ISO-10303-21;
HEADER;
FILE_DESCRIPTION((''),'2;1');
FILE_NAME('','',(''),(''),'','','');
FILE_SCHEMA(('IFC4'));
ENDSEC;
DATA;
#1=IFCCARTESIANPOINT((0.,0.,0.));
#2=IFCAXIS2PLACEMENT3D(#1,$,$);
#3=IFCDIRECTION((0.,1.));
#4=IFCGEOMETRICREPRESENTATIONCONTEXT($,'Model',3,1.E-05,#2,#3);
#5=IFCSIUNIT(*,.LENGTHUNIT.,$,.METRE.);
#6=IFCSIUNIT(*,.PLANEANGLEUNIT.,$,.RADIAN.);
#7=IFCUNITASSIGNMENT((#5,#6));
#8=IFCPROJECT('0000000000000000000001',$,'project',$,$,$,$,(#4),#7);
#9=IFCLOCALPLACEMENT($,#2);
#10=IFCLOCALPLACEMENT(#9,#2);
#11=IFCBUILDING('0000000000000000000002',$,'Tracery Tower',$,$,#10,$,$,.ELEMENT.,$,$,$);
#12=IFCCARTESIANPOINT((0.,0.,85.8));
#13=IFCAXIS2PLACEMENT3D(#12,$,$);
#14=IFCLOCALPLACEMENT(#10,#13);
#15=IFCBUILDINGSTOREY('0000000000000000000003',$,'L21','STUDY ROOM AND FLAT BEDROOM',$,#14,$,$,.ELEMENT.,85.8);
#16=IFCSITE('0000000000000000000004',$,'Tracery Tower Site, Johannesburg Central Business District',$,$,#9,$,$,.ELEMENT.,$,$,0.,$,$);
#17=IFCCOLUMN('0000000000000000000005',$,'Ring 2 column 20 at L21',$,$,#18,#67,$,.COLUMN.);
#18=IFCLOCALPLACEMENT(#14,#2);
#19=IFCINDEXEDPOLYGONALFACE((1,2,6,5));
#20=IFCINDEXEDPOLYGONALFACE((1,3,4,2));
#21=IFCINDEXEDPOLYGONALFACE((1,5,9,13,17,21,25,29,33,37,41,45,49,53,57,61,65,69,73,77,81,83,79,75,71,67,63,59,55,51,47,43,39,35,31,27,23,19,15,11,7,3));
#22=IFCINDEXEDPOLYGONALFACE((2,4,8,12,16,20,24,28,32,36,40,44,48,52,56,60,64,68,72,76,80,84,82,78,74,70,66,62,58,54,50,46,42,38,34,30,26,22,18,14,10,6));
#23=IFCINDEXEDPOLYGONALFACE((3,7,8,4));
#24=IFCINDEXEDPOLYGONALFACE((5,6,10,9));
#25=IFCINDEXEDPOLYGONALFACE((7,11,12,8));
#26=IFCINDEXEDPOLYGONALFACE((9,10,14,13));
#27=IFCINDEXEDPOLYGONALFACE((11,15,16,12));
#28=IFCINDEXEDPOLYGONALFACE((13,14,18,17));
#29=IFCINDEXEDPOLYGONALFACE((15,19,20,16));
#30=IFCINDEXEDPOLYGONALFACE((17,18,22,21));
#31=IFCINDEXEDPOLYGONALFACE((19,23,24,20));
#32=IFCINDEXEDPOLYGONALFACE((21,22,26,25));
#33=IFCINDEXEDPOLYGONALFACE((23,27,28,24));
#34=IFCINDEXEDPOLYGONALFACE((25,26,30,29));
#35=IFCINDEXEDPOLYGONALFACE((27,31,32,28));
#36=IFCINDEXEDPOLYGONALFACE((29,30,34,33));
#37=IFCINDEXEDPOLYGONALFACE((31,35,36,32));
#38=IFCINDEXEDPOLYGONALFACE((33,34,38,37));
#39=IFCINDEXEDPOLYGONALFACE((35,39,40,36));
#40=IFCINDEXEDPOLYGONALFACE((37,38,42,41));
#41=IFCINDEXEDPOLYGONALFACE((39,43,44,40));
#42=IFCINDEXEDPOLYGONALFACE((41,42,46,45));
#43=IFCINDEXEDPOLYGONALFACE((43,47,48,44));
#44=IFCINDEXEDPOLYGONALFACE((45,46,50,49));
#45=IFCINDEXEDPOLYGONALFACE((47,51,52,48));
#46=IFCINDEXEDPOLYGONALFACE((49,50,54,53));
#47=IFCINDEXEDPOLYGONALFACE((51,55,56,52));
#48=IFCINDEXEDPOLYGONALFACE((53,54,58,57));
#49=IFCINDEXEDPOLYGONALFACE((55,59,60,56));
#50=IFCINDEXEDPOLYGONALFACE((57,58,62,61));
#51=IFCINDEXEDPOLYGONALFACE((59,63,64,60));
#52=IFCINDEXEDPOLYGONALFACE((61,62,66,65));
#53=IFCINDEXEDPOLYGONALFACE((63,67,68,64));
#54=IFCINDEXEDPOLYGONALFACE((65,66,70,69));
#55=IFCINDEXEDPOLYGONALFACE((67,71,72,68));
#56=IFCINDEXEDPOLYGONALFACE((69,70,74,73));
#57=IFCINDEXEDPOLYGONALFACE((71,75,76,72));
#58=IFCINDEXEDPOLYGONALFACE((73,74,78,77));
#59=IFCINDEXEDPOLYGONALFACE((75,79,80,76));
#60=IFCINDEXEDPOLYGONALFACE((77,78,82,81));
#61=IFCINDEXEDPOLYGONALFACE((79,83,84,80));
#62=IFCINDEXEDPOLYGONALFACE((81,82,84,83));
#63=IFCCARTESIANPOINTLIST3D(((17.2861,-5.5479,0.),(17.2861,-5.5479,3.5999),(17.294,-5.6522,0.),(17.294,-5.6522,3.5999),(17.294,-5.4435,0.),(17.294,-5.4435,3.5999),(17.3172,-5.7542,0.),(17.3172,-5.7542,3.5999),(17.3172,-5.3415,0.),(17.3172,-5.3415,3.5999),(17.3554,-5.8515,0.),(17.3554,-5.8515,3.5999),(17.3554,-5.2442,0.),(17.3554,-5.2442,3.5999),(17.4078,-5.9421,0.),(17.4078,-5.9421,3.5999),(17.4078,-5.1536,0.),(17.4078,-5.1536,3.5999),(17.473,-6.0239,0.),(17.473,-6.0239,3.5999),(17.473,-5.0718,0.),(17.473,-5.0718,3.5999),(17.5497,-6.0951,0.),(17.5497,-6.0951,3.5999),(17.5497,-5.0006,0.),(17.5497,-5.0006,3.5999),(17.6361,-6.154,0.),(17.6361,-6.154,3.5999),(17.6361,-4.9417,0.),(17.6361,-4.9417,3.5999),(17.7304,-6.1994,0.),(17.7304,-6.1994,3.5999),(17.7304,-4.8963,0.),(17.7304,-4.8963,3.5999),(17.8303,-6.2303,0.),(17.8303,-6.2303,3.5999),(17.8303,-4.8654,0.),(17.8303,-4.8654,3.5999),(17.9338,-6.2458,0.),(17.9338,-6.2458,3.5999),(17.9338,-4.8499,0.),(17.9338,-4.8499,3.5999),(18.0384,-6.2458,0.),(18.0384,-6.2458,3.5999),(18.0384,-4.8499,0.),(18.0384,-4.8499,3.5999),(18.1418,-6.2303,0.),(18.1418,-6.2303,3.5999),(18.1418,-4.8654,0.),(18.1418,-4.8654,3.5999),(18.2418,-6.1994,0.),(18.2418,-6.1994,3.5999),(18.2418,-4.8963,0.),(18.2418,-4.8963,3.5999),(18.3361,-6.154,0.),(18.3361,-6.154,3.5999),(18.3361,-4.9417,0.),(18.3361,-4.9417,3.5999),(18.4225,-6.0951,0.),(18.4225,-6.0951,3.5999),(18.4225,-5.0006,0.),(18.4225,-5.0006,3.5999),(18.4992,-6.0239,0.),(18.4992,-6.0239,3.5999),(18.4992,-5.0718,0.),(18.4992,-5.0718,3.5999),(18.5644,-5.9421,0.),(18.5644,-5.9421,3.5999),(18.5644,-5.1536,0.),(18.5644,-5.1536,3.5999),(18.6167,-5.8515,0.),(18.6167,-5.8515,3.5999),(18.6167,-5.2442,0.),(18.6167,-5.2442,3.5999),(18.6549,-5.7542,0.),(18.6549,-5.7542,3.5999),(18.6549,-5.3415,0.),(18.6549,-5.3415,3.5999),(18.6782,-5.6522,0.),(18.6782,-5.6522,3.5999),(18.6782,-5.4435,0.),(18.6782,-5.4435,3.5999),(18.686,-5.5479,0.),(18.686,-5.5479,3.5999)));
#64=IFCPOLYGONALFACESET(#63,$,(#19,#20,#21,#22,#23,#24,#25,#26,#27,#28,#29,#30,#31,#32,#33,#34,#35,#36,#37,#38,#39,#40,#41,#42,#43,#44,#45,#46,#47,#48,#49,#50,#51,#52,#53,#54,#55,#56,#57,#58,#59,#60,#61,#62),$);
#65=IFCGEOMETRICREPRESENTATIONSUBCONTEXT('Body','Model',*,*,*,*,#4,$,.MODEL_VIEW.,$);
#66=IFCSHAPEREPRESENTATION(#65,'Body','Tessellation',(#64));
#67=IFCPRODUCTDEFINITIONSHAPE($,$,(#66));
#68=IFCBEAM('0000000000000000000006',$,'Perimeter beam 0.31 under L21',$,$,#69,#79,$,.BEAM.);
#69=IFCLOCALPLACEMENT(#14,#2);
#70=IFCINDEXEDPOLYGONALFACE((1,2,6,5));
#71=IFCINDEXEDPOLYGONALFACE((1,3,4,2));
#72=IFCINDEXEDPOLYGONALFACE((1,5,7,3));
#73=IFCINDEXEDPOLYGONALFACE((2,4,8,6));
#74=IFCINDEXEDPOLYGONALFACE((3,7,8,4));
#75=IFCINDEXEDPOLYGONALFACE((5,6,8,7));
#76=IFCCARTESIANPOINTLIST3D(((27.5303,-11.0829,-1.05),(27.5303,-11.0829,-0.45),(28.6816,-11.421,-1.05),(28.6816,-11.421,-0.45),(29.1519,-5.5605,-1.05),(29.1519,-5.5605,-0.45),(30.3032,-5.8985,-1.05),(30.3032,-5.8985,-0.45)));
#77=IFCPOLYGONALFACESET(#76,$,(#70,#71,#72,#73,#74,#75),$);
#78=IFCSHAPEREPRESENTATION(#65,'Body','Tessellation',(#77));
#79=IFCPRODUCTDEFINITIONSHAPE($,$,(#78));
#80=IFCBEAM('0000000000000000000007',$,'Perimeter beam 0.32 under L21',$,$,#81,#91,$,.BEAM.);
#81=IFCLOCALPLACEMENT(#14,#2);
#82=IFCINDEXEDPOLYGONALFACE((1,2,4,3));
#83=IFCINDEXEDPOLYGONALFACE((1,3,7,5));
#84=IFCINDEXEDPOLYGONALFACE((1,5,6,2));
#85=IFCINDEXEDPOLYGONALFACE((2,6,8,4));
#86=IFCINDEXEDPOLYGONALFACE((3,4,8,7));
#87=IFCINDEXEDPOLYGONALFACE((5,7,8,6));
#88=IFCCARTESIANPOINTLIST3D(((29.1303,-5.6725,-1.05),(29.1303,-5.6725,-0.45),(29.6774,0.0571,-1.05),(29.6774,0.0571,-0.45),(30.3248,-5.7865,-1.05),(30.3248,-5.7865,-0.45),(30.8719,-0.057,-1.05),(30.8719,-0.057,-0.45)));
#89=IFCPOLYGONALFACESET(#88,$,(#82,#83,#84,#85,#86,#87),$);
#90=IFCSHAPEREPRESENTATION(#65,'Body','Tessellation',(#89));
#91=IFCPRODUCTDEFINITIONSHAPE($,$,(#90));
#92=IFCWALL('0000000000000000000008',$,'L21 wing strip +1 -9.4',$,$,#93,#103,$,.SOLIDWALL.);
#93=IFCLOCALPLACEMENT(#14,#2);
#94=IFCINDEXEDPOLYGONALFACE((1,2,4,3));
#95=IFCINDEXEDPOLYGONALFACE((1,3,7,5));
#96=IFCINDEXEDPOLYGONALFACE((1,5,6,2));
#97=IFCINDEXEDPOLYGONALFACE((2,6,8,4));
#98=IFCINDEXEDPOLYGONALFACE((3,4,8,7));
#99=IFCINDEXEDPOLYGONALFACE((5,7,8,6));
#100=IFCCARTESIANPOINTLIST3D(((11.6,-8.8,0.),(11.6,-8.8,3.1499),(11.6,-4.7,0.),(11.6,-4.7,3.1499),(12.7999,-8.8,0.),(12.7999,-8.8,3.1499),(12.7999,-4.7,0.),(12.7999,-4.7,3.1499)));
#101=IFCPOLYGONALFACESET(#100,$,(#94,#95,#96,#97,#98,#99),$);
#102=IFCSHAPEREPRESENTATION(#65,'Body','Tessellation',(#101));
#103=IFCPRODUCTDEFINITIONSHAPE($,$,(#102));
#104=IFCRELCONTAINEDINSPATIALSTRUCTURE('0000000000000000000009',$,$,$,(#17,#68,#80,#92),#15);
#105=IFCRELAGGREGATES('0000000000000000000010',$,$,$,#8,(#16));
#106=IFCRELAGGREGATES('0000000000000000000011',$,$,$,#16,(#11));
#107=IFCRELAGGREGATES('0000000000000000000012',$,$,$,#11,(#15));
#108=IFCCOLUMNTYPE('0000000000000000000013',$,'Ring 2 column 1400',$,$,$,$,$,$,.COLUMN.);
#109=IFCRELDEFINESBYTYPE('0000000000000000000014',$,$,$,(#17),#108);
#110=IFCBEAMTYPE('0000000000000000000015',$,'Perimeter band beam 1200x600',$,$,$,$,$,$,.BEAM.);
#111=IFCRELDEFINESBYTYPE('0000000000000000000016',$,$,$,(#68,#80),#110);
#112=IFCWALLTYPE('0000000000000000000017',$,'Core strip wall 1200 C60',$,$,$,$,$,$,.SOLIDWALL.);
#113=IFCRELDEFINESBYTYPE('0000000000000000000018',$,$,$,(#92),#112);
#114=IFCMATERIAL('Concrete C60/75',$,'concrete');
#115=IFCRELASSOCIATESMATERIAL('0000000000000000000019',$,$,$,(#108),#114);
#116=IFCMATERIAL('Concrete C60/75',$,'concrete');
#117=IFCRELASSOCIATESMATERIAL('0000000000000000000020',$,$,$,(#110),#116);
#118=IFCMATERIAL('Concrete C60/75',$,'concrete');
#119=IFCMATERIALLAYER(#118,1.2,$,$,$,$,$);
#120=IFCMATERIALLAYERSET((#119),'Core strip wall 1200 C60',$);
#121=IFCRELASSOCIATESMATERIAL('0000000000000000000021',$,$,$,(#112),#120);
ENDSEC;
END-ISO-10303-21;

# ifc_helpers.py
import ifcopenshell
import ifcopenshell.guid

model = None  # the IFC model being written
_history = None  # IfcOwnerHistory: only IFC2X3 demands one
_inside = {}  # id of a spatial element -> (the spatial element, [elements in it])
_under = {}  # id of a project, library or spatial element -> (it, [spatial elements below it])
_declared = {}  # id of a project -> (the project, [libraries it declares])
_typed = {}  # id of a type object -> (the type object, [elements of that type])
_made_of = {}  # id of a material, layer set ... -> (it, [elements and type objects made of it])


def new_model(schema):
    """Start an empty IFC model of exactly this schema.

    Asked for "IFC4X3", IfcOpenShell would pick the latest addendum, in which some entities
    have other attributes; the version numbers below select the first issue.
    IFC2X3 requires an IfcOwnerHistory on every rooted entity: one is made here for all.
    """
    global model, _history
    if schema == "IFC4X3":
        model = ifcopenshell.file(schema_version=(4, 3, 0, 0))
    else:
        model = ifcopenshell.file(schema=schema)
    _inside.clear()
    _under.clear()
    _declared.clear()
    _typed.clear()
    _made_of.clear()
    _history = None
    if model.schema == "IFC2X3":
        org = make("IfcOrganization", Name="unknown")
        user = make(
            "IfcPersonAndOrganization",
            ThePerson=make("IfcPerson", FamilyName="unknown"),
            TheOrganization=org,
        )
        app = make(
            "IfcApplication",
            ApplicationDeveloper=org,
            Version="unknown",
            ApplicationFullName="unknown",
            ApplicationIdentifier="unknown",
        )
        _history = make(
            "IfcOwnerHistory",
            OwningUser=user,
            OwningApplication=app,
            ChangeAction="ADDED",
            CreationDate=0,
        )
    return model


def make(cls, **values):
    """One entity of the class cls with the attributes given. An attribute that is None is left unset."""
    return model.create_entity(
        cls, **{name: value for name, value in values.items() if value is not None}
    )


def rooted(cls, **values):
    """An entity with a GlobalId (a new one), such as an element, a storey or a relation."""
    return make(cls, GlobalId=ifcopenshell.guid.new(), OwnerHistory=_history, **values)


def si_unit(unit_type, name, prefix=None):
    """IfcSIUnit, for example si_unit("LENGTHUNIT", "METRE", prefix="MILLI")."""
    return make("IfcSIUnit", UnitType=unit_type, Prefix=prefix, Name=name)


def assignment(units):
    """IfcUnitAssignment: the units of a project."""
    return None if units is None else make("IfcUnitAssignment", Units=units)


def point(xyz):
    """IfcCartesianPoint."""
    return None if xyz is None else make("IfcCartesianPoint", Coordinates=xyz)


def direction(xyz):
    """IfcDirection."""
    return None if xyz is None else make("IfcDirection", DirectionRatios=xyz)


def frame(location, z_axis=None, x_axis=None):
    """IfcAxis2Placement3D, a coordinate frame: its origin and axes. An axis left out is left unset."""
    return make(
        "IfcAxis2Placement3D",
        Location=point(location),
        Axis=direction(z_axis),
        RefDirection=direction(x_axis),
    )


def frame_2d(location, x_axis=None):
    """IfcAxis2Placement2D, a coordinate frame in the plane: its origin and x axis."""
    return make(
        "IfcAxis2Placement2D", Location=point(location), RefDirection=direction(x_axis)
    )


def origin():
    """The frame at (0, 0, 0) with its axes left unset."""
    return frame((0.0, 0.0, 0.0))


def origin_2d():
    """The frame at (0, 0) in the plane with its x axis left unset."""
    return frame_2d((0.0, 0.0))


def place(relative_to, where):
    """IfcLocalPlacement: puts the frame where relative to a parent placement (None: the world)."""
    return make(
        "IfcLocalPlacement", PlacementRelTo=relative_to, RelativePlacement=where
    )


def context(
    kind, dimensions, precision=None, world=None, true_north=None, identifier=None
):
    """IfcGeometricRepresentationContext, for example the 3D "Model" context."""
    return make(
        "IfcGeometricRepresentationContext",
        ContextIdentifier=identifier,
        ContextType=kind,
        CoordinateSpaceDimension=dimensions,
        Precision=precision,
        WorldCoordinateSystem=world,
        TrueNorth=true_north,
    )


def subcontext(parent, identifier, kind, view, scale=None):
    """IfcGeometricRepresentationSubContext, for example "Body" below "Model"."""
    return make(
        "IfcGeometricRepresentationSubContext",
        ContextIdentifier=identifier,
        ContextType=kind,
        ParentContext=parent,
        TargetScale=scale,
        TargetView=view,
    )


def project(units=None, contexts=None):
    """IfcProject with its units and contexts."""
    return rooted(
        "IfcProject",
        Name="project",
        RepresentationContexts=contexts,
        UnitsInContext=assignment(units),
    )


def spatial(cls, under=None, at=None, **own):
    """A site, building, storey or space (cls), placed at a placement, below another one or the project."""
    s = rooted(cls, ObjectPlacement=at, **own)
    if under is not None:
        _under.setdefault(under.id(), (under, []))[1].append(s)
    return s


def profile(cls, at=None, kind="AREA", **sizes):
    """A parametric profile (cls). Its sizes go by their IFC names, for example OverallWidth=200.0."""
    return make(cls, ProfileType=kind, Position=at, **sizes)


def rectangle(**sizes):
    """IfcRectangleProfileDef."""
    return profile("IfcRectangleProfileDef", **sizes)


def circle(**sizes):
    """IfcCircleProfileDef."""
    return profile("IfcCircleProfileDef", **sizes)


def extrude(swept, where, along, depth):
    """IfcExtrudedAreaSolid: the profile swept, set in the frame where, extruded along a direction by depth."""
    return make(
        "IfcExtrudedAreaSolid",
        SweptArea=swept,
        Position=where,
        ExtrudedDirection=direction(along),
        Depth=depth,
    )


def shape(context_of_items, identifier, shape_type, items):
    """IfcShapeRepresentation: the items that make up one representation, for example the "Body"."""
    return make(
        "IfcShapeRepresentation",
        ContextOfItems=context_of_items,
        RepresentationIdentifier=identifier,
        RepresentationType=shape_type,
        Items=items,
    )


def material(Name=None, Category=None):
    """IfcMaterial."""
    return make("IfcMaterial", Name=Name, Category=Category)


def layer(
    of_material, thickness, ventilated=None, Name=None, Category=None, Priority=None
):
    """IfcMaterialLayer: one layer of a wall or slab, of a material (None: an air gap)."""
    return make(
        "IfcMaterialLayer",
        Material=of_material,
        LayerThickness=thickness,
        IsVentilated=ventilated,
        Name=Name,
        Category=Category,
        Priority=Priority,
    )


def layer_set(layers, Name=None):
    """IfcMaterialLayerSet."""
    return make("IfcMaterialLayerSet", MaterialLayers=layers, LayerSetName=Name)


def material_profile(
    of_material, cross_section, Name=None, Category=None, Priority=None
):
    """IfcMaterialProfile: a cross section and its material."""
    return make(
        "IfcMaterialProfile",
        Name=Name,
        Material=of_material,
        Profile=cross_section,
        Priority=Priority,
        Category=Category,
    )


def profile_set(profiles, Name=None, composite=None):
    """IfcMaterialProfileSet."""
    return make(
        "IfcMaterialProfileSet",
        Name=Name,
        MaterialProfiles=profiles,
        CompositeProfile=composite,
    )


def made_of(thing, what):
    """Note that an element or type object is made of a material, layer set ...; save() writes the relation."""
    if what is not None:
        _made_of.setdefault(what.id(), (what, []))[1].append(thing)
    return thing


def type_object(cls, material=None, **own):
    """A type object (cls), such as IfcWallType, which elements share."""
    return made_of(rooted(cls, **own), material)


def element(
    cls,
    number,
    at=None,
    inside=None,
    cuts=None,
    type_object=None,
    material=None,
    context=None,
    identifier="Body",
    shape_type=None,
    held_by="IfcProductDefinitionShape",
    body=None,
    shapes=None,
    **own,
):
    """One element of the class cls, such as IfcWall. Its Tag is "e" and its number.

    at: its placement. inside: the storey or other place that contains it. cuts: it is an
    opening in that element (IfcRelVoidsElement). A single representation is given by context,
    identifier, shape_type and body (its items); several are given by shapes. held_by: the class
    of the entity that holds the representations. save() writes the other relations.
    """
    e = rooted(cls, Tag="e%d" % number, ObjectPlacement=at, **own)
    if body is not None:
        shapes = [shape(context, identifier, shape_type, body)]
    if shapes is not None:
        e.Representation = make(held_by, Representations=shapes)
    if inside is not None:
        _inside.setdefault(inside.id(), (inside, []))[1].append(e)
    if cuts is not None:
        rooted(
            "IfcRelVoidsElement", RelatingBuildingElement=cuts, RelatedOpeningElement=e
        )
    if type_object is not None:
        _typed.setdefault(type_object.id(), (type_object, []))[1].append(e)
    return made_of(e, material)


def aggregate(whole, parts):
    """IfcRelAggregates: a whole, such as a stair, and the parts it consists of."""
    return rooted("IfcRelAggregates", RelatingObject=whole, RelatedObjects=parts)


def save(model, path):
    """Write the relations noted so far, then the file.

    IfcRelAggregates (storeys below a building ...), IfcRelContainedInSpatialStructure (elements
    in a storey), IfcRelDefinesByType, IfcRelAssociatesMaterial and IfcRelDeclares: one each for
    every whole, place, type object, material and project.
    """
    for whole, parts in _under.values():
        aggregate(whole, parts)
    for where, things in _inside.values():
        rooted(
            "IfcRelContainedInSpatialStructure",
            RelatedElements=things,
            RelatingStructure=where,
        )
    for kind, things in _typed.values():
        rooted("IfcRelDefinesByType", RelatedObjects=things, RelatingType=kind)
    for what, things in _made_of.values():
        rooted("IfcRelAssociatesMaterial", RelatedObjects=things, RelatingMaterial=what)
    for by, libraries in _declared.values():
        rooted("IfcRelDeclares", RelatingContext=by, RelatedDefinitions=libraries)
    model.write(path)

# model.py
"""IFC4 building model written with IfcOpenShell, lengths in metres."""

from ifc_helpers import new_model, si_unit, direction, frame, frame_2d, origin, origin_2d, place, context, subcontext, project, spatial, rectangle, circle, extrude, material, layer, layer_set, material_profile, profile_set, type_object, element, save


model = new_model("IFC4")

# Units and contexts
model_context = context("Model", 3, precision=1e-05, world=origin(), true_north=direction((0.0, 1.0)))
body_context = subcontext(model_context, "Body", "Model", "MODEL_VIEW")
ifc_project = project(units=[si_unit("LENGTHUNIT", "METRE"), si_unit("PLANEANGLEUNIT", "RADIAN")], contexts=[model_context])

# Site, building, storey
site_placement = place(None, origin())
site = spatial("IfcSite", under=ifc_project, at=site_placement, Name="Tracery Tower Site, Johannesburg Central Business District", CompositionType="ELEMENT", RefElevation=0.0)
building_placement = place(site_placement, origin())
building = spatial("IfcBuilding", under=site, at=building_placement, Name="Tracery Tower", CompositionType="ELEMENT")
storey_placement = place(building_placement, frame((0.0, 0.0, 85.8)))
storey = spatial("IfcBuildingStorey", under=building, at=storey_placement, Name="L21", Description="STUDY ROOM AND FLAT BEDROOM", CompositionType="ELEMENT", Elevation=85.8)

# Column
ifc_material_1 = material(Name="Concrete C60/75", Category="concrete")
ifc_material_profile_1 = material_profile(ifc_material_1, circle(Radius=0.7, at=origin_2d()), Name="RC D1400")
ifc_profile_set_1 = profile_set([ifc_material_profile_1], Name="Concrete C60/75")
column_type_1 = type_object("IfcColumnType", Name="Ring 2 column 1400", PredefinedType="COLUMN", material=ifc_profile_set_1)
for number, where, z_axis, x_axis, name in (
    (1, (17.9861, -5.5479, 0.0), (0.0, 0.0, 1.0), (1.0, 0.0, 0.0), "Ring 2 column 20 at L21"),
):
    element("IfcColumn", number, at=place(storey_placement, frame(where, z_axis=z_axis, x_axis=x_axis)), inside=storey, type_object=column_type_1, Name=name, PredefinedType="COLUMN", context=body_context, shape_type="SweptSolid", body=[
        extrude(circle(Radius=0.7, at=origin_2d()), origin(), (0.0, 0.0, 1.0), 3.5999),
    ])

# Beams
ifc_material_2 = material(Name="Concrete C60/75", Category="concrete")
ifc_material_profile_2 = material_profile(ifc_material_2, rectangle(XDim=1.2, YDim=0.6001, at=origin_2d()), Name="RC 1200x600")
ifc_profile_set_2 = profile_set([ifc_material_profile_2], Name="Concrete C60/75")
beam_type = type_object("IfcBeamType", Name="Perimeter band beam 1200x600", PredefinedType="BEAM", material=ifc_profile_set_2)
for number, where, z_axis, x_axis, name in (
    (2, (28.106, -11.252, -0.75), (0.281739, 0.959491, 0.0), (-0.959491, 0.281739, 0.0), "Perimeter beam 0.31 under L21"),
    (3, (29.7275, -5.7295, -0.75), (0.095059, 0.995472, 0.0), (-0.995472, 0.095059, 0.0), "Perimeter beam 0.32 under L21"),
):
    element("IfcBeam", number, at=place(storey_placement, frame(where, z_axis=z_axis, x_axis=x_axis)), inside=storey, type_object=beam_type, Name=name, PredefinedType="BEAM", context=body_context, shape_type="SweptSolid", body=[
        extrude(rectangle(XDim=1.2, YDim=0.6001, at=origin_2d()), origin(), (0.0, 0.0, 1.0), 5.7556),
    ])

# Wall
ifc_material_3 = material(Name="Concrete C60/75", Category="concrete")
ifc_layer_1 = layer(ifc_material_3, 1.2)
ifc_layer_set_1 = layer_set([ifc_layer_1], Name="Core strip wall 1200 C60")
wall_type_1 = type_object("IfcWallType", Name="Core strip wall 1200 C60", PredefinedType="SOLIDWALL", material=ifc_layer_set_1)
wall_1_placement = place(storey_placement, frame((12.2, -8.8, 0.0), z_axis=(0.0, 0.0, 1.0), x_axis=(0.0, 1.0, 0.0)))
element("IfcWall", 4, at=wall_1_placement, inside=storey, type_object=wall_type_1, Name="L21 wing strip +1 -9.4", PredefinedType="SOLIDWALL", context=body_context, shape_type="SweptSolid", body=[
    extrude(rectangle(XDim=4.1001, YDim=1.2, at=frame_2d((2.05, 0.0))), origin(), (0.0, 0.0, 1.0), 3.1499),
])

save(model, "model.ifc")
